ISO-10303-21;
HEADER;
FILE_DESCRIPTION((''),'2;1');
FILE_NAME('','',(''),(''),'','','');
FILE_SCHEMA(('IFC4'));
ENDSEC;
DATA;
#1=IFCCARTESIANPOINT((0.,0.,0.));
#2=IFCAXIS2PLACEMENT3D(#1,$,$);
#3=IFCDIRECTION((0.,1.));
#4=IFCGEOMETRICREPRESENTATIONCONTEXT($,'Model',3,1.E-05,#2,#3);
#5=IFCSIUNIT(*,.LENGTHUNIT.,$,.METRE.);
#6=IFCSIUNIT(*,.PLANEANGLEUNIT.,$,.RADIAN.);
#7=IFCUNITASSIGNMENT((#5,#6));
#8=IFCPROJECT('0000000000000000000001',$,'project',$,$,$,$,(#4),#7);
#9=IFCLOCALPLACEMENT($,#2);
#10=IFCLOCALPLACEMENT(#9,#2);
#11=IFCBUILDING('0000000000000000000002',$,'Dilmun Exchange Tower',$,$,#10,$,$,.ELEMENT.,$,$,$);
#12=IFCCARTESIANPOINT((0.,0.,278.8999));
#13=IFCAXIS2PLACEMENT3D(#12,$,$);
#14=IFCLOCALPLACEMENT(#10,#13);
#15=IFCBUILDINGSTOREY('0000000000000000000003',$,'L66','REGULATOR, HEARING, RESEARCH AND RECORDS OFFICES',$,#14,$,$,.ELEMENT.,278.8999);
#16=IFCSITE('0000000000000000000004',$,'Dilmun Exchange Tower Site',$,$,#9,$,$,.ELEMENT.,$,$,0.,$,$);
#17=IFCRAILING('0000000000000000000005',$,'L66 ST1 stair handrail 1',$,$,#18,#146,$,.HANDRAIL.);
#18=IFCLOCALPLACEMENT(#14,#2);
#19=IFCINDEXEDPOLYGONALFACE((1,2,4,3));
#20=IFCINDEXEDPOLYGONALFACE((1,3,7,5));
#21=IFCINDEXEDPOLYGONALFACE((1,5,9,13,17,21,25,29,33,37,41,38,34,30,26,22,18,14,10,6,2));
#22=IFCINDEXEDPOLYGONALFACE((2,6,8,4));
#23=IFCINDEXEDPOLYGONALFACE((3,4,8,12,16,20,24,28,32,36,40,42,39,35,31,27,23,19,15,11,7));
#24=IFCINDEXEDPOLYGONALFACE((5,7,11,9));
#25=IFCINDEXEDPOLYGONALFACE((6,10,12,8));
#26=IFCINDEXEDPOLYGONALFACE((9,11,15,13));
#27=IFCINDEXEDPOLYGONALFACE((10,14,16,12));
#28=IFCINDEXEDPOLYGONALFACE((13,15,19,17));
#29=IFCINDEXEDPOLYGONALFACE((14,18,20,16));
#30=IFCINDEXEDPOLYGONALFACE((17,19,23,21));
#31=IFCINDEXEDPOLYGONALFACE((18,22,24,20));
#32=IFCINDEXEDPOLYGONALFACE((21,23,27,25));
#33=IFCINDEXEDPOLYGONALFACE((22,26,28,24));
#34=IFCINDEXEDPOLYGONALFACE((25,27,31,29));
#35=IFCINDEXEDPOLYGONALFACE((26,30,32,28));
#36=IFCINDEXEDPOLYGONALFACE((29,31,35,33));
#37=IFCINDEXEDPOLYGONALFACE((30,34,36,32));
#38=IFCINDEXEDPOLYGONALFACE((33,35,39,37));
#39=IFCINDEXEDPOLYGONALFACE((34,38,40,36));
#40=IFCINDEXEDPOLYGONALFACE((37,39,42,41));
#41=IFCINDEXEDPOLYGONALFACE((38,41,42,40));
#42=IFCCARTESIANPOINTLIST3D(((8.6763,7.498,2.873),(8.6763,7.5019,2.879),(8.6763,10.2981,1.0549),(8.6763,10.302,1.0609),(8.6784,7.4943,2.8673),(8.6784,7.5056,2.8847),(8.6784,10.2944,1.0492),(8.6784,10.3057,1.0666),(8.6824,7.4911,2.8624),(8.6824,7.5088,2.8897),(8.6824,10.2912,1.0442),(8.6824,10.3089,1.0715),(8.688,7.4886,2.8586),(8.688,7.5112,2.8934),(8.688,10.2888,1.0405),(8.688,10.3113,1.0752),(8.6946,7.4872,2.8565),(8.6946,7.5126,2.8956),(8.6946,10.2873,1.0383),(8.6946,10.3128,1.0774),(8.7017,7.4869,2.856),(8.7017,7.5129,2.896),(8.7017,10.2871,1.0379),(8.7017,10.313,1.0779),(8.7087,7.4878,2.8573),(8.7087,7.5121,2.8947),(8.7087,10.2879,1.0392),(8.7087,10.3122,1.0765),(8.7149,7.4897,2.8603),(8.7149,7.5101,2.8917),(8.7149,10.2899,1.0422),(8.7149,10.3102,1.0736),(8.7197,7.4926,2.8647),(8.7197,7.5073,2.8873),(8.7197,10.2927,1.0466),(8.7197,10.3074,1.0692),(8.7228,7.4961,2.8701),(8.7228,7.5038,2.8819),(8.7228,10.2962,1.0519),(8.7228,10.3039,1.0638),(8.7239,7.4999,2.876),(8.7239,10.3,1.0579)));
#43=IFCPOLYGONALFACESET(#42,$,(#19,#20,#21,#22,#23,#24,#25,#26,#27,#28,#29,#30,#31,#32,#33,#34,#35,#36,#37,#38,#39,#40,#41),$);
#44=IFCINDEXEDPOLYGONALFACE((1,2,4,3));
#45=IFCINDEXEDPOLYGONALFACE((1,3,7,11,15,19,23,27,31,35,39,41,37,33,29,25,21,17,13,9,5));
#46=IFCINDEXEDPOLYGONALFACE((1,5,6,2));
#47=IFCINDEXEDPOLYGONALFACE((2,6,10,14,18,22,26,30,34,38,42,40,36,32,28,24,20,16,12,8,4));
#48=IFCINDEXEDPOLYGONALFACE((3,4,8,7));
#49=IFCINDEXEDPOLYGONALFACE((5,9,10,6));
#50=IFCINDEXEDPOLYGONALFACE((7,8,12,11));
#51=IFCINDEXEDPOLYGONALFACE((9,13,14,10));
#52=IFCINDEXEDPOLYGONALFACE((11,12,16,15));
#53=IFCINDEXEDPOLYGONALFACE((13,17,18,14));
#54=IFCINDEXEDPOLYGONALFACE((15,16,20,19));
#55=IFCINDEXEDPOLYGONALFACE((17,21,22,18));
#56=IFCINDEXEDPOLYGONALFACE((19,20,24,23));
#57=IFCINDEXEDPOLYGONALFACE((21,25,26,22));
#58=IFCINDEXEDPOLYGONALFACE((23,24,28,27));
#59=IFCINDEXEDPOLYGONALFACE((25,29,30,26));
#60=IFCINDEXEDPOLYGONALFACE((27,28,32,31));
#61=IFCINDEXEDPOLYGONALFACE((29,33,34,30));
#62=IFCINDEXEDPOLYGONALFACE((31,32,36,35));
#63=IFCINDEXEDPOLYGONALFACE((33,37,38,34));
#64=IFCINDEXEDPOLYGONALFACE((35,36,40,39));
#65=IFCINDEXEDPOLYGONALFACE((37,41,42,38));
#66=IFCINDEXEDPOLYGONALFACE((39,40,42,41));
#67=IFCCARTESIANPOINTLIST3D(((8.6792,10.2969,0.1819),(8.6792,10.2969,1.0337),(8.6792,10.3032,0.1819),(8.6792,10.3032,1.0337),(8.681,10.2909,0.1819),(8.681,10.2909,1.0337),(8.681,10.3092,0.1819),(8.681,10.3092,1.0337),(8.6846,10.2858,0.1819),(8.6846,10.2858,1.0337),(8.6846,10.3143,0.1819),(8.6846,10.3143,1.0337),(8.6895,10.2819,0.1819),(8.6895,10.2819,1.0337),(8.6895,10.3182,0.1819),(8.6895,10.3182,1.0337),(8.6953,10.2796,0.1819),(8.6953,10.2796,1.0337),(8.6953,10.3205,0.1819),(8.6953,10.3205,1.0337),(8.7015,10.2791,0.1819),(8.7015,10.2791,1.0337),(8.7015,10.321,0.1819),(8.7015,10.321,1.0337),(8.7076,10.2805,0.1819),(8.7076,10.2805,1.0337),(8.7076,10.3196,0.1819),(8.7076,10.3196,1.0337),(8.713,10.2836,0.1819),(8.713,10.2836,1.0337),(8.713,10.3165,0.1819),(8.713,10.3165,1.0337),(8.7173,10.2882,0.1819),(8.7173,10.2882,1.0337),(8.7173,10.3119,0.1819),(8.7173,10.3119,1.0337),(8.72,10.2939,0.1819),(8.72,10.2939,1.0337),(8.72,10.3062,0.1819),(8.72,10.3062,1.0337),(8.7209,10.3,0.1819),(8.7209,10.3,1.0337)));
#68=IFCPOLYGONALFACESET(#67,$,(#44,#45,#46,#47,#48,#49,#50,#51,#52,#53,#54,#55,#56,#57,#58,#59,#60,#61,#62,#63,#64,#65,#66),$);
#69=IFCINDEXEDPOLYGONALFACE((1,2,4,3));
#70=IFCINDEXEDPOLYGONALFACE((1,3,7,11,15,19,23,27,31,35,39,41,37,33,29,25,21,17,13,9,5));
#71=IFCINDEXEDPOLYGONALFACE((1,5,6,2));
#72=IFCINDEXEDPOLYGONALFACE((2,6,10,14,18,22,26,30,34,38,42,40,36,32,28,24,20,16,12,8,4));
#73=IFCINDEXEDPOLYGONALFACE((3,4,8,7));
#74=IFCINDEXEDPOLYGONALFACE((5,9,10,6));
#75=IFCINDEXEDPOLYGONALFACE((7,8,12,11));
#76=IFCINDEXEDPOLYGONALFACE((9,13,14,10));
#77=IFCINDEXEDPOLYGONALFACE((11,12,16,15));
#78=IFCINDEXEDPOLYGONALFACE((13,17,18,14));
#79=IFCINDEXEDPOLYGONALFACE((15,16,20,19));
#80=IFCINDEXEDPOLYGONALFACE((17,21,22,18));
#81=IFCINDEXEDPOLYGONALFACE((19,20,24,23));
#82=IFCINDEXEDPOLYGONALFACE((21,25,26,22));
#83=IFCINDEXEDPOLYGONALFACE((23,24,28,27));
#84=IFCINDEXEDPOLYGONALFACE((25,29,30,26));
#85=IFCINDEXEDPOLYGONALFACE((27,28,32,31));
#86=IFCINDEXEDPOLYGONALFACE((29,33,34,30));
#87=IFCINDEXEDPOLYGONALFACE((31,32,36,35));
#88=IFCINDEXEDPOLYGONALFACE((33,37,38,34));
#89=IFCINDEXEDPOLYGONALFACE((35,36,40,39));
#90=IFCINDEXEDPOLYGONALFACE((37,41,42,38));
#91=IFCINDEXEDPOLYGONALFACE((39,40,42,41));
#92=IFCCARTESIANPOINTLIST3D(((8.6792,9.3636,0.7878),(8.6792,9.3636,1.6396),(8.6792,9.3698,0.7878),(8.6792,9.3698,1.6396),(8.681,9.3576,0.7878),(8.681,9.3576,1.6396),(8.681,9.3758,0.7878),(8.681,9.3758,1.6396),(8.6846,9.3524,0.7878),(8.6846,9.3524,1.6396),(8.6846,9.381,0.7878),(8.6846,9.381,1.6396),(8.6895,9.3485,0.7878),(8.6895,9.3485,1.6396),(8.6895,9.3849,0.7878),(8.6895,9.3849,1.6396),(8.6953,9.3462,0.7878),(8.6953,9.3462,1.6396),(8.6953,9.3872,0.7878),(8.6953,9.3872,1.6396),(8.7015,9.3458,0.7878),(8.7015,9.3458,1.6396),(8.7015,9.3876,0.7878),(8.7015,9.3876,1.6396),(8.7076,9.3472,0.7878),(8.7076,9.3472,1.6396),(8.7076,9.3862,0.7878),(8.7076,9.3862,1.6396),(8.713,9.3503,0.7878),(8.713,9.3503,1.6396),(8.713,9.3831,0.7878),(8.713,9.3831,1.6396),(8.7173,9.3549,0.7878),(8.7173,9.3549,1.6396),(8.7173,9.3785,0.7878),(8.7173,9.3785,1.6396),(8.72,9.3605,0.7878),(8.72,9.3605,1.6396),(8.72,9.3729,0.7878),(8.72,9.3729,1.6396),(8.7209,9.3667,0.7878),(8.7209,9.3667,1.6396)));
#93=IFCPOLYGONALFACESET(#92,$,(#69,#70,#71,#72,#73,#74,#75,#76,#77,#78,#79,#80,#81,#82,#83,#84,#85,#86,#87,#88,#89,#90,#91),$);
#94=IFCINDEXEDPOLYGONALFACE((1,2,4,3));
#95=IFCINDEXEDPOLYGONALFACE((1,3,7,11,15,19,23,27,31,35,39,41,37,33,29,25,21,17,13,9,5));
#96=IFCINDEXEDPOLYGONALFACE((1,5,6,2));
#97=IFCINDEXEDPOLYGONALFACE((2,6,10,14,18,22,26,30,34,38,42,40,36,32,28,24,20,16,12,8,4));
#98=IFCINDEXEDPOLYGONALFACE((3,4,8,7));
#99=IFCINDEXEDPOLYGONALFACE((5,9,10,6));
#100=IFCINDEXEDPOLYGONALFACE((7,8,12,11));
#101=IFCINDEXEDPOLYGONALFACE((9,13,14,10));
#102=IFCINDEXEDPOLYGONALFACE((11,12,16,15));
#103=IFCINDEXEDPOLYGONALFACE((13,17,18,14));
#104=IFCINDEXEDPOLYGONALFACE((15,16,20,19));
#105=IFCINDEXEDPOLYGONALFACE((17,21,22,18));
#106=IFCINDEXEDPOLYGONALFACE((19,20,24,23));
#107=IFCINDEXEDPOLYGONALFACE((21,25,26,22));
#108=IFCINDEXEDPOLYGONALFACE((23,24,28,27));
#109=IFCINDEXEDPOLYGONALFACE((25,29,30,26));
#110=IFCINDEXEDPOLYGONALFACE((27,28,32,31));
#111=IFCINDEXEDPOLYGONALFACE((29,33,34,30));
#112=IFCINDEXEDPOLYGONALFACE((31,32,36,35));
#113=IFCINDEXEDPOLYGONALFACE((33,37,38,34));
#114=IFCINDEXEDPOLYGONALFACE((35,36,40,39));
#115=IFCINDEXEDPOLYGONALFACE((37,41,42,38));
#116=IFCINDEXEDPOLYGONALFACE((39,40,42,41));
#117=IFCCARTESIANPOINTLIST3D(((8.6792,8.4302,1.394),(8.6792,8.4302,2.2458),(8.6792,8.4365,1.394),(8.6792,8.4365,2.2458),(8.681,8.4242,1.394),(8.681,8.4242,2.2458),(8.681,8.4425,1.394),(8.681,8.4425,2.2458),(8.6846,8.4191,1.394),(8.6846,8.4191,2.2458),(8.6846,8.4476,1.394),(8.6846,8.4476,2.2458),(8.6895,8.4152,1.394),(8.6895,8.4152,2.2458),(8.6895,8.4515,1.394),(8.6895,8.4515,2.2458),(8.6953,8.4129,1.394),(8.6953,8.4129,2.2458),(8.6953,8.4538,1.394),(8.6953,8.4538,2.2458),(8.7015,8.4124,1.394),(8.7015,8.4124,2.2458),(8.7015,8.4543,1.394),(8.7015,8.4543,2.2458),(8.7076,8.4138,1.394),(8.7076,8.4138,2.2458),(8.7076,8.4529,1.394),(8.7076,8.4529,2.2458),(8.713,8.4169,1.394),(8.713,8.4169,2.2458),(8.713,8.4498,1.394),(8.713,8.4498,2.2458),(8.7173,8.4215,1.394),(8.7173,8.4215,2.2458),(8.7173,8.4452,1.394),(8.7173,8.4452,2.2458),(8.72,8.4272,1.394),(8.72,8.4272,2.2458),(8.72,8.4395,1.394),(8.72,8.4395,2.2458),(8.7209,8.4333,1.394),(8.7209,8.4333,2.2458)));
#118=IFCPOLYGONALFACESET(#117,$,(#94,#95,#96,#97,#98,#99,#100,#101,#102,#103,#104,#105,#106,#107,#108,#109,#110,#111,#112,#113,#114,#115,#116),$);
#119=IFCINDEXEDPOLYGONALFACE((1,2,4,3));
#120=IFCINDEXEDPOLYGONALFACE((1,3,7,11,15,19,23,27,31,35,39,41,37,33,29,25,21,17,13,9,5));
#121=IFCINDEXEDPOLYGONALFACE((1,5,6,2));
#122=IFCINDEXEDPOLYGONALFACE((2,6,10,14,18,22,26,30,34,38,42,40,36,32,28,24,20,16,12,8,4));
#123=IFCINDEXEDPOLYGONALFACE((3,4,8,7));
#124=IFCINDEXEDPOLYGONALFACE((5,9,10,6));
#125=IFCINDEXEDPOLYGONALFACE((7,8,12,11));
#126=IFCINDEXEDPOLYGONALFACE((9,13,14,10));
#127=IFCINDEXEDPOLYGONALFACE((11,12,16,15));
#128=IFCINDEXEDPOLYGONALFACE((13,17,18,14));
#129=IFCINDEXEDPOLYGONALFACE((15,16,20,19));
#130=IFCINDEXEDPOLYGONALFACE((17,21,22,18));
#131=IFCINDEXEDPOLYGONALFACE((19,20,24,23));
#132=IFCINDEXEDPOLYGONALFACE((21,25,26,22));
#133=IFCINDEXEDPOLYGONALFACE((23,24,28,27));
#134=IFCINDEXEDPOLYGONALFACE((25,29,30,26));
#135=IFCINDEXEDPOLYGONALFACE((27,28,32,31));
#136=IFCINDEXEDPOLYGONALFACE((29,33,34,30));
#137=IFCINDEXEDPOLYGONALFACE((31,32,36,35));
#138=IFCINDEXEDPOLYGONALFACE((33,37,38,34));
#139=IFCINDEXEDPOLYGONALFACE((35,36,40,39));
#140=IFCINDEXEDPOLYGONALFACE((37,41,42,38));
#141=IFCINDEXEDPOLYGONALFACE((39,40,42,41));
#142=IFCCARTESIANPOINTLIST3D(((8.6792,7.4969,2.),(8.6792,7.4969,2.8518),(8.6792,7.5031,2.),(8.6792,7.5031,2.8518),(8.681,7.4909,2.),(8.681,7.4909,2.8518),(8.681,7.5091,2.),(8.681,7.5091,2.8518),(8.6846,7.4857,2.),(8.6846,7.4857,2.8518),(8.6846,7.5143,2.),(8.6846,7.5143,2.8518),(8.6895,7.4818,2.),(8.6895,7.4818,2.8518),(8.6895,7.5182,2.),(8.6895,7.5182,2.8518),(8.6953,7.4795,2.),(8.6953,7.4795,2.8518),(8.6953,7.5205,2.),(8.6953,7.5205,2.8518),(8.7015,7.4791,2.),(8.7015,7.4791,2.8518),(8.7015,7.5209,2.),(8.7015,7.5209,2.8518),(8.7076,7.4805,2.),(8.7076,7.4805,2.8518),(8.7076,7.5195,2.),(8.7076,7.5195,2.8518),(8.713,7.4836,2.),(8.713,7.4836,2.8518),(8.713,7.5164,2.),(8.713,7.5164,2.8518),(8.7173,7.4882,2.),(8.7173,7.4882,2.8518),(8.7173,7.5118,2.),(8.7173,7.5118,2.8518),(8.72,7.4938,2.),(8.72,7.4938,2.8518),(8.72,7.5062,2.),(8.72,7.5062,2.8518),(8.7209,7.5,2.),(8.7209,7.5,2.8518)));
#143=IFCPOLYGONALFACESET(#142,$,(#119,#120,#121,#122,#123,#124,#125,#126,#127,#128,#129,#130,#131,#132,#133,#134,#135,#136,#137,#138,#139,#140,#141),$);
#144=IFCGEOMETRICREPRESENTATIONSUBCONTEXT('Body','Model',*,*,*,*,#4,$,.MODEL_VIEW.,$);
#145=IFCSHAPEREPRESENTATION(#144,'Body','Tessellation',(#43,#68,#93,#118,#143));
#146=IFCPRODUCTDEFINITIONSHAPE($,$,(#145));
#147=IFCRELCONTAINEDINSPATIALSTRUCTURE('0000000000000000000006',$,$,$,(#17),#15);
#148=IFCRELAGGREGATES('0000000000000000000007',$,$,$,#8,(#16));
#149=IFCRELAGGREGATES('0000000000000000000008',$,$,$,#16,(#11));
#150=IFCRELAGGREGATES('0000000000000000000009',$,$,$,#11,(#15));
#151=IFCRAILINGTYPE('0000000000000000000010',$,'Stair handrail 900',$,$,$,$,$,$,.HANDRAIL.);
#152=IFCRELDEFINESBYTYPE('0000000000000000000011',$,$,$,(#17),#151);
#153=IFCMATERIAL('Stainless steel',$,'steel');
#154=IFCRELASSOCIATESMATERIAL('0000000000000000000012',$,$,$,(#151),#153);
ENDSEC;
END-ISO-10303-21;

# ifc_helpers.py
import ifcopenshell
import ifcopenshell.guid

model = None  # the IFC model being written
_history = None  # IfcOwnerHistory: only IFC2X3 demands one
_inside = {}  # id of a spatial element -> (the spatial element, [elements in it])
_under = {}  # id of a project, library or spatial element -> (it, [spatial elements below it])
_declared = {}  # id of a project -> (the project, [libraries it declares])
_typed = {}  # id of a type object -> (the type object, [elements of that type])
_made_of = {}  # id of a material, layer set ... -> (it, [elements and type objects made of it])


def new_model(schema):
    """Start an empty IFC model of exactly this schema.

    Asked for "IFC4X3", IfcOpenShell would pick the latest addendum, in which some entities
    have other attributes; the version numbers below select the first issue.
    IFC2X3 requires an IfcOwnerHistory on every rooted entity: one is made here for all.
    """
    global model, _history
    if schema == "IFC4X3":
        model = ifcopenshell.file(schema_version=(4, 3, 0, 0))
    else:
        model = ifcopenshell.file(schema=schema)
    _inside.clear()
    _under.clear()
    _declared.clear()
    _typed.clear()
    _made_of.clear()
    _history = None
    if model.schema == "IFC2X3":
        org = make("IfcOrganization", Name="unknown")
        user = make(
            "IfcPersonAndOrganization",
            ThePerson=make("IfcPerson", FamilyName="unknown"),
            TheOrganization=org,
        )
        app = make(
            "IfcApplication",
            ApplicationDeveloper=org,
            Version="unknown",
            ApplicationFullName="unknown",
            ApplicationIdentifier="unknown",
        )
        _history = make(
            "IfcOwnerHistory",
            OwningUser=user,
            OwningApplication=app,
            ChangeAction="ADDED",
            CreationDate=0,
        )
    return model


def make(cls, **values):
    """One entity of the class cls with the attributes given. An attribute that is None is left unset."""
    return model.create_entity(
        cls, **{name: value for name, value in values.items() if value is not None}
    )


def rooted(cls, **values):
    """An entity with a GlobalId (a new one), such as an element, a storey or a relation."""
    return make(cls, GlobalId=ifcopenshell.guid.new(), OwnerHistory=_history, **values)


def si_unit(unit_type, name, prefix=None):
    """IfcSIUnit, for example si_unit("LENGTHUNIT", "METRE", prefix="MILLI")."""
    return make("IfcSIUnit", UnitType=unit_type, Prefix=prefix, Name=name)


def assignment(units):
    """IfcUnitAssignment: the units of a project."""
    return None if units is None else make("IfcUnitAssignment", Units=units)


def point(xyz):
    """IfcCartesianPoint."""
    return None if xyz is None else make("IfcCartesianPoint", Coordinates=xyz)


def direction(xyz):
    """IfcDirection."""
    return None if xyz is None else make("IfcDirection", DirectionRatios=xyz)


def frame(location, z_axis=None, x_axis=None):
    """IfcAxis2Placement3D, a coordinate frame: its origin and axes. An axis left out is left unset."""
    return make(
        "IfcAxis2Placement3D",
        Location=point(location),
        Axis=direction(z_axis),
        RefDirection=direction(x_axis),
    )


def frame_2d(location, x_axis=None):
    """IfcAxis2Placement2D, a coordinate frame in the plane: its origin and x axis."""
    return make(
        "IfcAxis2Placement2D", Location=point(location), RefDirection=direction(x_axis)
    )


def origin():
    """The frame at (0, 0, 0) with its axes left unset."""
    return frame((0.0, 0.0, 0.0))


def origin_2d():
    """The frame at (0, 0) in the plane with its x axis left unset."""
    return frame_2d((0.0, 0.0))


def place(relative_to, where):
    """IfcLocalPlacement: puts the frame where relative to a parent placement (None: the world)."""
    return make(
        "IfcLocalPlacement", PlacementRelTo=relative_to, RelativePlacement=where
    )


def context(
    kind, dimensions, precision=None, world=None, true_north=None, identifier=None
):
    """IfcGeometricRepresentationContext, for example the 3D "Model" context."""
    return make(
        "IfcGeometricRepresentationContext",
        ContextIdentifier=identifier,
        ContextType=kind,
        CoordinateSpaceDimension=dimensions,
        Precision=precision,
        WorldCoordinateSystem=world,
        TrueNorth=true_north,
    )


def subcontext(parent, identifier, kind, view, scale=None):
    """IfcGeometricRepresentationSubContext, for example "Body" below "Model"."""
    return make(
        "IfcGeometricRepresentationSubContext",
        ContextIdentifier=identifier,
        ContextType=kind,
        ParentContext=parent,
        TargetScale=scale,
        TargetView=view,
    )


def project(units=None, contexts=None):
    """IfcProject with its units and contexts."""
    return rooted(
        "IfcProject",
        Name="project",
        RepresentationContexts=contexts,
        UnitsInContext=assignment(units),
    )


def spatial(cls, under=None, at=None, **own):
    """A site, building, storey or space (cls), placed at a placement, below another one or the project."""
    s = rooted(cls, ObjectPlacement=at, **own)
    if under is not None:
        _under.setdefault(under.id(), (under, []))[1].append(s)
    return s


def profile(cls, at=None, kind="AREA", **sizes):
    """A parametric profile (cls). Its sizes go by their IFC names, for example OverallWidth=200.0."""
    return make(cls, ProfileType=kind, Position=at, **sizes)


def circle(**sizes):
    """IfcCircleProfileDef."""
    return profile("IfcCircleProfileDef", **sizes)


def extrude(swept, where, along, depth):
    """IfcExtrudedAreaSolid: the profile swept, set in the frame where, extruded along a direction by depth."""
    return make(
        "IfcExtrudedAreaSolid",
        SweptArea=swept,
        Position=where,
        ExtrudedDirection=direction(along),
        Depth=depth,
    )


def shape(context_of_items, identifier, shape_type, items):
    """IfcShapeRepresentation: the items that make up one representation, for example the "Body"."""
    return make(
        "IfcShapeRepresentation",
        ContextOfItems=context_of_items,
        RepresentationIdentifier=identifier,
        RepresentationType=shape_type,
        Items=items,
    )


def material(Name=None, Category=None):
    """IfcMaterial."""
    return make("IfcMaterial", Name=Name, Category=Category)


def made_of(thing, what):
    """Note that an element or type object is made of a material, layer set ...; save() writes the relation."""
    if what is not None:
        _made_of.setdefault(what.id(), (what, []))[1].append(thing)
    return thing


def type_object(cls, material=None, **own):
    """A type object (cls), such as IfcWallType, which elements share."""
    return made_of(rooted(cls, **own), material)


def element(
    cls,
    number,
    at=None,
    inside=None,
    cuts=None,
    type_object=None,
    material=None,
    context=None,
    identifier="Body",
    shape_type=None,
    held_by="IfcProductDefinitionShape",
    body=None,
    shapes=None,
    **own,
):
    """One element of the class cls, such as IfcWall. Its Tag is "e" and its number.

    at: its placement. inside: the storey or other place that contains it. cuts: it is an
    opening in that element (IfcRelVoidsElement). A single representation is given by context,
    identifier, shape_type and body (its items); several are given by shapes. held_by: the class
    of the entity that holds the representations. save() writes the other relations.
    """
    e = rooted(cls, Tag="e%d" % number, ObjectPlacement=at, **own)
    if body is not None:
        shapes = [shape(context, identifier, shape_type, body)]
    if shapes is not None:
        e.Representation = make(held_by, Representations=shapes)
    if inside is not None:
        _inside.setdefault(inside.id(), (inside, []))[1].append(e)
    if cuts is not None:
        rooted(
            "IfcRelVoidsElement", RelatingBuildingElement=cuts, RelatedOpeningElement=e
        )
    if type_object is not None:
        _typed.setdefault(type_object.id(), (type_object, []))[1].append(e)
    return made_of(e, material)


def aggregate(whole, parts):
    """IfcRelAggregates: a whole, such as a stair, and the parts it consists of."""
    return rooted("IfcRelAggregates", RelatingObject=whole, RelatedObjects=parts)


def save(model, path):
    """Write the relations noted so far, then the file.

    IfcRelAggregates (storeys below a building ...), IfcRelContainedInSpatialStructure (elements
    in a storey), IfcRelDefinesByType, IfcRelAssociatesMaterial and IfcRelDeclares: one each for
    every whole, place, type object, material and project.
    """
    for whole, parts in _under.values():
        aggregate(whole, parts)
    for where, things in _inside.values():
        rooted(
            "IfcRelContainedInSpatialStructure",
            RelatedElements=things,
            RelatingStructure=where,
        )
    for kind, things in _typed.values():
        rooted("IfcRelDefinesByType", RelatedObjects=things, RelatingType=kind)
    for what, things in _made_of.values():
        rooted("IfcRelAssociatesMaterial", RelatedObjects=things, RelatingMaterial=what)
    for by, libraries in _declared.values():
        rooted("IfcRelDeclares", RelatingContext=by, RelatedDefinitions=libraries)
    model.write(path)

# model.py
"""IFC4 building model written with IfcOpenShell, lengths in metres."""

from ifc_helpers import new_model, si_unit, direction, frame, origin, origin_2d, place, context, subcontext, project, spatial, circle, extrude, material, type_object, element, save


model = new_model("IFC4")

# Units and contexts
model_context = context("Model", 3, precision=1e-05, world=origin(), true_north=direction((0.0, 1.0)))
body_context = subcontext(model_context, "Body", "Model", "MODEL_VIEW")
ifc_project = project(units=[si_unit("LENGTHUNIT", "METRE"), si_unit("PLANEANGLEUNIT", "RADIAN")], contexts=[model_context])

# Site, building, storey
site_placement = place(None, origin())
site = spatial("IfcSite", under=ifc_project, at=site_placement, Name="Dilmun Exchange Tower Site", CompositionType="ELEMENT", RefElevation=0.0)
building_placement = place(site_placement, origin())
building = spatial("IfcBuilding", under=site, at=building_placement, Name="Dilmun Exchange Tower", CompositionType="ELEMENT")
storey_placement = place(building_placement, frame((0.0, 0.0, 278.8999)))
storey = spatial("IfcBuildingStorey", under=building, at=storey_placement, Name="L66", Description="REGULATOR, HEARING, RESEARCH AND RECORDS OFFICES", CompositionType="ELEMENT", Elevation=278.8999)

# Railing
ifc_material_1 = material(Name="Stainless steel", Category="steel")
railing_type = type_object("IfcRailingType", Name="Stair handrail 900", PredefinedType="HANDRAIL", material=ifc_material_1)
railing_placement = place(storey_placement, frame((8.7, 10.3, 0.1819)))
element("IfcRailing", 1, at=railing_placement, inside=storey, type_object=railing_type, Name="L66 ST1 stair handrail 1", PredefinedType="HANDRAIL", context=body_context, shape_type="SweptSolid", body=[
    extrude(circle(Radius=0.0239, at=origin_2d()), frame((0.0, 0.0, 0.876), z_axis=(0.0, -0.838706, 0.544585), x_axis=(1.0, 0.0, 0.0)), (0.0, 0.0, 1.0), 3.3386),
    extrude(circle(Radius=0.021, at=origin_2d()), origin(), (0.0, 0.0, 1.0), 0.8518),
    extrude(circle(Radius=0.021, at=origin_2d()), frame((0.0, -0.9333, 0.606)), (0.0, 0.0, 1.0), 0.8518),
    extrude(circle(Radius=0.021, at=origin_2d()), frame((0.0, -1.8667, 1.2122)), (0.0, 0.0, 1.0), 0.8518),
    extrude(circle(Radius=0.021, at=origin_2d()), frame((0.0, -2.8, 1.8181)), (0.0, 0.0, 1.0), 0.8518),
])

save(model, "model.ifc")
